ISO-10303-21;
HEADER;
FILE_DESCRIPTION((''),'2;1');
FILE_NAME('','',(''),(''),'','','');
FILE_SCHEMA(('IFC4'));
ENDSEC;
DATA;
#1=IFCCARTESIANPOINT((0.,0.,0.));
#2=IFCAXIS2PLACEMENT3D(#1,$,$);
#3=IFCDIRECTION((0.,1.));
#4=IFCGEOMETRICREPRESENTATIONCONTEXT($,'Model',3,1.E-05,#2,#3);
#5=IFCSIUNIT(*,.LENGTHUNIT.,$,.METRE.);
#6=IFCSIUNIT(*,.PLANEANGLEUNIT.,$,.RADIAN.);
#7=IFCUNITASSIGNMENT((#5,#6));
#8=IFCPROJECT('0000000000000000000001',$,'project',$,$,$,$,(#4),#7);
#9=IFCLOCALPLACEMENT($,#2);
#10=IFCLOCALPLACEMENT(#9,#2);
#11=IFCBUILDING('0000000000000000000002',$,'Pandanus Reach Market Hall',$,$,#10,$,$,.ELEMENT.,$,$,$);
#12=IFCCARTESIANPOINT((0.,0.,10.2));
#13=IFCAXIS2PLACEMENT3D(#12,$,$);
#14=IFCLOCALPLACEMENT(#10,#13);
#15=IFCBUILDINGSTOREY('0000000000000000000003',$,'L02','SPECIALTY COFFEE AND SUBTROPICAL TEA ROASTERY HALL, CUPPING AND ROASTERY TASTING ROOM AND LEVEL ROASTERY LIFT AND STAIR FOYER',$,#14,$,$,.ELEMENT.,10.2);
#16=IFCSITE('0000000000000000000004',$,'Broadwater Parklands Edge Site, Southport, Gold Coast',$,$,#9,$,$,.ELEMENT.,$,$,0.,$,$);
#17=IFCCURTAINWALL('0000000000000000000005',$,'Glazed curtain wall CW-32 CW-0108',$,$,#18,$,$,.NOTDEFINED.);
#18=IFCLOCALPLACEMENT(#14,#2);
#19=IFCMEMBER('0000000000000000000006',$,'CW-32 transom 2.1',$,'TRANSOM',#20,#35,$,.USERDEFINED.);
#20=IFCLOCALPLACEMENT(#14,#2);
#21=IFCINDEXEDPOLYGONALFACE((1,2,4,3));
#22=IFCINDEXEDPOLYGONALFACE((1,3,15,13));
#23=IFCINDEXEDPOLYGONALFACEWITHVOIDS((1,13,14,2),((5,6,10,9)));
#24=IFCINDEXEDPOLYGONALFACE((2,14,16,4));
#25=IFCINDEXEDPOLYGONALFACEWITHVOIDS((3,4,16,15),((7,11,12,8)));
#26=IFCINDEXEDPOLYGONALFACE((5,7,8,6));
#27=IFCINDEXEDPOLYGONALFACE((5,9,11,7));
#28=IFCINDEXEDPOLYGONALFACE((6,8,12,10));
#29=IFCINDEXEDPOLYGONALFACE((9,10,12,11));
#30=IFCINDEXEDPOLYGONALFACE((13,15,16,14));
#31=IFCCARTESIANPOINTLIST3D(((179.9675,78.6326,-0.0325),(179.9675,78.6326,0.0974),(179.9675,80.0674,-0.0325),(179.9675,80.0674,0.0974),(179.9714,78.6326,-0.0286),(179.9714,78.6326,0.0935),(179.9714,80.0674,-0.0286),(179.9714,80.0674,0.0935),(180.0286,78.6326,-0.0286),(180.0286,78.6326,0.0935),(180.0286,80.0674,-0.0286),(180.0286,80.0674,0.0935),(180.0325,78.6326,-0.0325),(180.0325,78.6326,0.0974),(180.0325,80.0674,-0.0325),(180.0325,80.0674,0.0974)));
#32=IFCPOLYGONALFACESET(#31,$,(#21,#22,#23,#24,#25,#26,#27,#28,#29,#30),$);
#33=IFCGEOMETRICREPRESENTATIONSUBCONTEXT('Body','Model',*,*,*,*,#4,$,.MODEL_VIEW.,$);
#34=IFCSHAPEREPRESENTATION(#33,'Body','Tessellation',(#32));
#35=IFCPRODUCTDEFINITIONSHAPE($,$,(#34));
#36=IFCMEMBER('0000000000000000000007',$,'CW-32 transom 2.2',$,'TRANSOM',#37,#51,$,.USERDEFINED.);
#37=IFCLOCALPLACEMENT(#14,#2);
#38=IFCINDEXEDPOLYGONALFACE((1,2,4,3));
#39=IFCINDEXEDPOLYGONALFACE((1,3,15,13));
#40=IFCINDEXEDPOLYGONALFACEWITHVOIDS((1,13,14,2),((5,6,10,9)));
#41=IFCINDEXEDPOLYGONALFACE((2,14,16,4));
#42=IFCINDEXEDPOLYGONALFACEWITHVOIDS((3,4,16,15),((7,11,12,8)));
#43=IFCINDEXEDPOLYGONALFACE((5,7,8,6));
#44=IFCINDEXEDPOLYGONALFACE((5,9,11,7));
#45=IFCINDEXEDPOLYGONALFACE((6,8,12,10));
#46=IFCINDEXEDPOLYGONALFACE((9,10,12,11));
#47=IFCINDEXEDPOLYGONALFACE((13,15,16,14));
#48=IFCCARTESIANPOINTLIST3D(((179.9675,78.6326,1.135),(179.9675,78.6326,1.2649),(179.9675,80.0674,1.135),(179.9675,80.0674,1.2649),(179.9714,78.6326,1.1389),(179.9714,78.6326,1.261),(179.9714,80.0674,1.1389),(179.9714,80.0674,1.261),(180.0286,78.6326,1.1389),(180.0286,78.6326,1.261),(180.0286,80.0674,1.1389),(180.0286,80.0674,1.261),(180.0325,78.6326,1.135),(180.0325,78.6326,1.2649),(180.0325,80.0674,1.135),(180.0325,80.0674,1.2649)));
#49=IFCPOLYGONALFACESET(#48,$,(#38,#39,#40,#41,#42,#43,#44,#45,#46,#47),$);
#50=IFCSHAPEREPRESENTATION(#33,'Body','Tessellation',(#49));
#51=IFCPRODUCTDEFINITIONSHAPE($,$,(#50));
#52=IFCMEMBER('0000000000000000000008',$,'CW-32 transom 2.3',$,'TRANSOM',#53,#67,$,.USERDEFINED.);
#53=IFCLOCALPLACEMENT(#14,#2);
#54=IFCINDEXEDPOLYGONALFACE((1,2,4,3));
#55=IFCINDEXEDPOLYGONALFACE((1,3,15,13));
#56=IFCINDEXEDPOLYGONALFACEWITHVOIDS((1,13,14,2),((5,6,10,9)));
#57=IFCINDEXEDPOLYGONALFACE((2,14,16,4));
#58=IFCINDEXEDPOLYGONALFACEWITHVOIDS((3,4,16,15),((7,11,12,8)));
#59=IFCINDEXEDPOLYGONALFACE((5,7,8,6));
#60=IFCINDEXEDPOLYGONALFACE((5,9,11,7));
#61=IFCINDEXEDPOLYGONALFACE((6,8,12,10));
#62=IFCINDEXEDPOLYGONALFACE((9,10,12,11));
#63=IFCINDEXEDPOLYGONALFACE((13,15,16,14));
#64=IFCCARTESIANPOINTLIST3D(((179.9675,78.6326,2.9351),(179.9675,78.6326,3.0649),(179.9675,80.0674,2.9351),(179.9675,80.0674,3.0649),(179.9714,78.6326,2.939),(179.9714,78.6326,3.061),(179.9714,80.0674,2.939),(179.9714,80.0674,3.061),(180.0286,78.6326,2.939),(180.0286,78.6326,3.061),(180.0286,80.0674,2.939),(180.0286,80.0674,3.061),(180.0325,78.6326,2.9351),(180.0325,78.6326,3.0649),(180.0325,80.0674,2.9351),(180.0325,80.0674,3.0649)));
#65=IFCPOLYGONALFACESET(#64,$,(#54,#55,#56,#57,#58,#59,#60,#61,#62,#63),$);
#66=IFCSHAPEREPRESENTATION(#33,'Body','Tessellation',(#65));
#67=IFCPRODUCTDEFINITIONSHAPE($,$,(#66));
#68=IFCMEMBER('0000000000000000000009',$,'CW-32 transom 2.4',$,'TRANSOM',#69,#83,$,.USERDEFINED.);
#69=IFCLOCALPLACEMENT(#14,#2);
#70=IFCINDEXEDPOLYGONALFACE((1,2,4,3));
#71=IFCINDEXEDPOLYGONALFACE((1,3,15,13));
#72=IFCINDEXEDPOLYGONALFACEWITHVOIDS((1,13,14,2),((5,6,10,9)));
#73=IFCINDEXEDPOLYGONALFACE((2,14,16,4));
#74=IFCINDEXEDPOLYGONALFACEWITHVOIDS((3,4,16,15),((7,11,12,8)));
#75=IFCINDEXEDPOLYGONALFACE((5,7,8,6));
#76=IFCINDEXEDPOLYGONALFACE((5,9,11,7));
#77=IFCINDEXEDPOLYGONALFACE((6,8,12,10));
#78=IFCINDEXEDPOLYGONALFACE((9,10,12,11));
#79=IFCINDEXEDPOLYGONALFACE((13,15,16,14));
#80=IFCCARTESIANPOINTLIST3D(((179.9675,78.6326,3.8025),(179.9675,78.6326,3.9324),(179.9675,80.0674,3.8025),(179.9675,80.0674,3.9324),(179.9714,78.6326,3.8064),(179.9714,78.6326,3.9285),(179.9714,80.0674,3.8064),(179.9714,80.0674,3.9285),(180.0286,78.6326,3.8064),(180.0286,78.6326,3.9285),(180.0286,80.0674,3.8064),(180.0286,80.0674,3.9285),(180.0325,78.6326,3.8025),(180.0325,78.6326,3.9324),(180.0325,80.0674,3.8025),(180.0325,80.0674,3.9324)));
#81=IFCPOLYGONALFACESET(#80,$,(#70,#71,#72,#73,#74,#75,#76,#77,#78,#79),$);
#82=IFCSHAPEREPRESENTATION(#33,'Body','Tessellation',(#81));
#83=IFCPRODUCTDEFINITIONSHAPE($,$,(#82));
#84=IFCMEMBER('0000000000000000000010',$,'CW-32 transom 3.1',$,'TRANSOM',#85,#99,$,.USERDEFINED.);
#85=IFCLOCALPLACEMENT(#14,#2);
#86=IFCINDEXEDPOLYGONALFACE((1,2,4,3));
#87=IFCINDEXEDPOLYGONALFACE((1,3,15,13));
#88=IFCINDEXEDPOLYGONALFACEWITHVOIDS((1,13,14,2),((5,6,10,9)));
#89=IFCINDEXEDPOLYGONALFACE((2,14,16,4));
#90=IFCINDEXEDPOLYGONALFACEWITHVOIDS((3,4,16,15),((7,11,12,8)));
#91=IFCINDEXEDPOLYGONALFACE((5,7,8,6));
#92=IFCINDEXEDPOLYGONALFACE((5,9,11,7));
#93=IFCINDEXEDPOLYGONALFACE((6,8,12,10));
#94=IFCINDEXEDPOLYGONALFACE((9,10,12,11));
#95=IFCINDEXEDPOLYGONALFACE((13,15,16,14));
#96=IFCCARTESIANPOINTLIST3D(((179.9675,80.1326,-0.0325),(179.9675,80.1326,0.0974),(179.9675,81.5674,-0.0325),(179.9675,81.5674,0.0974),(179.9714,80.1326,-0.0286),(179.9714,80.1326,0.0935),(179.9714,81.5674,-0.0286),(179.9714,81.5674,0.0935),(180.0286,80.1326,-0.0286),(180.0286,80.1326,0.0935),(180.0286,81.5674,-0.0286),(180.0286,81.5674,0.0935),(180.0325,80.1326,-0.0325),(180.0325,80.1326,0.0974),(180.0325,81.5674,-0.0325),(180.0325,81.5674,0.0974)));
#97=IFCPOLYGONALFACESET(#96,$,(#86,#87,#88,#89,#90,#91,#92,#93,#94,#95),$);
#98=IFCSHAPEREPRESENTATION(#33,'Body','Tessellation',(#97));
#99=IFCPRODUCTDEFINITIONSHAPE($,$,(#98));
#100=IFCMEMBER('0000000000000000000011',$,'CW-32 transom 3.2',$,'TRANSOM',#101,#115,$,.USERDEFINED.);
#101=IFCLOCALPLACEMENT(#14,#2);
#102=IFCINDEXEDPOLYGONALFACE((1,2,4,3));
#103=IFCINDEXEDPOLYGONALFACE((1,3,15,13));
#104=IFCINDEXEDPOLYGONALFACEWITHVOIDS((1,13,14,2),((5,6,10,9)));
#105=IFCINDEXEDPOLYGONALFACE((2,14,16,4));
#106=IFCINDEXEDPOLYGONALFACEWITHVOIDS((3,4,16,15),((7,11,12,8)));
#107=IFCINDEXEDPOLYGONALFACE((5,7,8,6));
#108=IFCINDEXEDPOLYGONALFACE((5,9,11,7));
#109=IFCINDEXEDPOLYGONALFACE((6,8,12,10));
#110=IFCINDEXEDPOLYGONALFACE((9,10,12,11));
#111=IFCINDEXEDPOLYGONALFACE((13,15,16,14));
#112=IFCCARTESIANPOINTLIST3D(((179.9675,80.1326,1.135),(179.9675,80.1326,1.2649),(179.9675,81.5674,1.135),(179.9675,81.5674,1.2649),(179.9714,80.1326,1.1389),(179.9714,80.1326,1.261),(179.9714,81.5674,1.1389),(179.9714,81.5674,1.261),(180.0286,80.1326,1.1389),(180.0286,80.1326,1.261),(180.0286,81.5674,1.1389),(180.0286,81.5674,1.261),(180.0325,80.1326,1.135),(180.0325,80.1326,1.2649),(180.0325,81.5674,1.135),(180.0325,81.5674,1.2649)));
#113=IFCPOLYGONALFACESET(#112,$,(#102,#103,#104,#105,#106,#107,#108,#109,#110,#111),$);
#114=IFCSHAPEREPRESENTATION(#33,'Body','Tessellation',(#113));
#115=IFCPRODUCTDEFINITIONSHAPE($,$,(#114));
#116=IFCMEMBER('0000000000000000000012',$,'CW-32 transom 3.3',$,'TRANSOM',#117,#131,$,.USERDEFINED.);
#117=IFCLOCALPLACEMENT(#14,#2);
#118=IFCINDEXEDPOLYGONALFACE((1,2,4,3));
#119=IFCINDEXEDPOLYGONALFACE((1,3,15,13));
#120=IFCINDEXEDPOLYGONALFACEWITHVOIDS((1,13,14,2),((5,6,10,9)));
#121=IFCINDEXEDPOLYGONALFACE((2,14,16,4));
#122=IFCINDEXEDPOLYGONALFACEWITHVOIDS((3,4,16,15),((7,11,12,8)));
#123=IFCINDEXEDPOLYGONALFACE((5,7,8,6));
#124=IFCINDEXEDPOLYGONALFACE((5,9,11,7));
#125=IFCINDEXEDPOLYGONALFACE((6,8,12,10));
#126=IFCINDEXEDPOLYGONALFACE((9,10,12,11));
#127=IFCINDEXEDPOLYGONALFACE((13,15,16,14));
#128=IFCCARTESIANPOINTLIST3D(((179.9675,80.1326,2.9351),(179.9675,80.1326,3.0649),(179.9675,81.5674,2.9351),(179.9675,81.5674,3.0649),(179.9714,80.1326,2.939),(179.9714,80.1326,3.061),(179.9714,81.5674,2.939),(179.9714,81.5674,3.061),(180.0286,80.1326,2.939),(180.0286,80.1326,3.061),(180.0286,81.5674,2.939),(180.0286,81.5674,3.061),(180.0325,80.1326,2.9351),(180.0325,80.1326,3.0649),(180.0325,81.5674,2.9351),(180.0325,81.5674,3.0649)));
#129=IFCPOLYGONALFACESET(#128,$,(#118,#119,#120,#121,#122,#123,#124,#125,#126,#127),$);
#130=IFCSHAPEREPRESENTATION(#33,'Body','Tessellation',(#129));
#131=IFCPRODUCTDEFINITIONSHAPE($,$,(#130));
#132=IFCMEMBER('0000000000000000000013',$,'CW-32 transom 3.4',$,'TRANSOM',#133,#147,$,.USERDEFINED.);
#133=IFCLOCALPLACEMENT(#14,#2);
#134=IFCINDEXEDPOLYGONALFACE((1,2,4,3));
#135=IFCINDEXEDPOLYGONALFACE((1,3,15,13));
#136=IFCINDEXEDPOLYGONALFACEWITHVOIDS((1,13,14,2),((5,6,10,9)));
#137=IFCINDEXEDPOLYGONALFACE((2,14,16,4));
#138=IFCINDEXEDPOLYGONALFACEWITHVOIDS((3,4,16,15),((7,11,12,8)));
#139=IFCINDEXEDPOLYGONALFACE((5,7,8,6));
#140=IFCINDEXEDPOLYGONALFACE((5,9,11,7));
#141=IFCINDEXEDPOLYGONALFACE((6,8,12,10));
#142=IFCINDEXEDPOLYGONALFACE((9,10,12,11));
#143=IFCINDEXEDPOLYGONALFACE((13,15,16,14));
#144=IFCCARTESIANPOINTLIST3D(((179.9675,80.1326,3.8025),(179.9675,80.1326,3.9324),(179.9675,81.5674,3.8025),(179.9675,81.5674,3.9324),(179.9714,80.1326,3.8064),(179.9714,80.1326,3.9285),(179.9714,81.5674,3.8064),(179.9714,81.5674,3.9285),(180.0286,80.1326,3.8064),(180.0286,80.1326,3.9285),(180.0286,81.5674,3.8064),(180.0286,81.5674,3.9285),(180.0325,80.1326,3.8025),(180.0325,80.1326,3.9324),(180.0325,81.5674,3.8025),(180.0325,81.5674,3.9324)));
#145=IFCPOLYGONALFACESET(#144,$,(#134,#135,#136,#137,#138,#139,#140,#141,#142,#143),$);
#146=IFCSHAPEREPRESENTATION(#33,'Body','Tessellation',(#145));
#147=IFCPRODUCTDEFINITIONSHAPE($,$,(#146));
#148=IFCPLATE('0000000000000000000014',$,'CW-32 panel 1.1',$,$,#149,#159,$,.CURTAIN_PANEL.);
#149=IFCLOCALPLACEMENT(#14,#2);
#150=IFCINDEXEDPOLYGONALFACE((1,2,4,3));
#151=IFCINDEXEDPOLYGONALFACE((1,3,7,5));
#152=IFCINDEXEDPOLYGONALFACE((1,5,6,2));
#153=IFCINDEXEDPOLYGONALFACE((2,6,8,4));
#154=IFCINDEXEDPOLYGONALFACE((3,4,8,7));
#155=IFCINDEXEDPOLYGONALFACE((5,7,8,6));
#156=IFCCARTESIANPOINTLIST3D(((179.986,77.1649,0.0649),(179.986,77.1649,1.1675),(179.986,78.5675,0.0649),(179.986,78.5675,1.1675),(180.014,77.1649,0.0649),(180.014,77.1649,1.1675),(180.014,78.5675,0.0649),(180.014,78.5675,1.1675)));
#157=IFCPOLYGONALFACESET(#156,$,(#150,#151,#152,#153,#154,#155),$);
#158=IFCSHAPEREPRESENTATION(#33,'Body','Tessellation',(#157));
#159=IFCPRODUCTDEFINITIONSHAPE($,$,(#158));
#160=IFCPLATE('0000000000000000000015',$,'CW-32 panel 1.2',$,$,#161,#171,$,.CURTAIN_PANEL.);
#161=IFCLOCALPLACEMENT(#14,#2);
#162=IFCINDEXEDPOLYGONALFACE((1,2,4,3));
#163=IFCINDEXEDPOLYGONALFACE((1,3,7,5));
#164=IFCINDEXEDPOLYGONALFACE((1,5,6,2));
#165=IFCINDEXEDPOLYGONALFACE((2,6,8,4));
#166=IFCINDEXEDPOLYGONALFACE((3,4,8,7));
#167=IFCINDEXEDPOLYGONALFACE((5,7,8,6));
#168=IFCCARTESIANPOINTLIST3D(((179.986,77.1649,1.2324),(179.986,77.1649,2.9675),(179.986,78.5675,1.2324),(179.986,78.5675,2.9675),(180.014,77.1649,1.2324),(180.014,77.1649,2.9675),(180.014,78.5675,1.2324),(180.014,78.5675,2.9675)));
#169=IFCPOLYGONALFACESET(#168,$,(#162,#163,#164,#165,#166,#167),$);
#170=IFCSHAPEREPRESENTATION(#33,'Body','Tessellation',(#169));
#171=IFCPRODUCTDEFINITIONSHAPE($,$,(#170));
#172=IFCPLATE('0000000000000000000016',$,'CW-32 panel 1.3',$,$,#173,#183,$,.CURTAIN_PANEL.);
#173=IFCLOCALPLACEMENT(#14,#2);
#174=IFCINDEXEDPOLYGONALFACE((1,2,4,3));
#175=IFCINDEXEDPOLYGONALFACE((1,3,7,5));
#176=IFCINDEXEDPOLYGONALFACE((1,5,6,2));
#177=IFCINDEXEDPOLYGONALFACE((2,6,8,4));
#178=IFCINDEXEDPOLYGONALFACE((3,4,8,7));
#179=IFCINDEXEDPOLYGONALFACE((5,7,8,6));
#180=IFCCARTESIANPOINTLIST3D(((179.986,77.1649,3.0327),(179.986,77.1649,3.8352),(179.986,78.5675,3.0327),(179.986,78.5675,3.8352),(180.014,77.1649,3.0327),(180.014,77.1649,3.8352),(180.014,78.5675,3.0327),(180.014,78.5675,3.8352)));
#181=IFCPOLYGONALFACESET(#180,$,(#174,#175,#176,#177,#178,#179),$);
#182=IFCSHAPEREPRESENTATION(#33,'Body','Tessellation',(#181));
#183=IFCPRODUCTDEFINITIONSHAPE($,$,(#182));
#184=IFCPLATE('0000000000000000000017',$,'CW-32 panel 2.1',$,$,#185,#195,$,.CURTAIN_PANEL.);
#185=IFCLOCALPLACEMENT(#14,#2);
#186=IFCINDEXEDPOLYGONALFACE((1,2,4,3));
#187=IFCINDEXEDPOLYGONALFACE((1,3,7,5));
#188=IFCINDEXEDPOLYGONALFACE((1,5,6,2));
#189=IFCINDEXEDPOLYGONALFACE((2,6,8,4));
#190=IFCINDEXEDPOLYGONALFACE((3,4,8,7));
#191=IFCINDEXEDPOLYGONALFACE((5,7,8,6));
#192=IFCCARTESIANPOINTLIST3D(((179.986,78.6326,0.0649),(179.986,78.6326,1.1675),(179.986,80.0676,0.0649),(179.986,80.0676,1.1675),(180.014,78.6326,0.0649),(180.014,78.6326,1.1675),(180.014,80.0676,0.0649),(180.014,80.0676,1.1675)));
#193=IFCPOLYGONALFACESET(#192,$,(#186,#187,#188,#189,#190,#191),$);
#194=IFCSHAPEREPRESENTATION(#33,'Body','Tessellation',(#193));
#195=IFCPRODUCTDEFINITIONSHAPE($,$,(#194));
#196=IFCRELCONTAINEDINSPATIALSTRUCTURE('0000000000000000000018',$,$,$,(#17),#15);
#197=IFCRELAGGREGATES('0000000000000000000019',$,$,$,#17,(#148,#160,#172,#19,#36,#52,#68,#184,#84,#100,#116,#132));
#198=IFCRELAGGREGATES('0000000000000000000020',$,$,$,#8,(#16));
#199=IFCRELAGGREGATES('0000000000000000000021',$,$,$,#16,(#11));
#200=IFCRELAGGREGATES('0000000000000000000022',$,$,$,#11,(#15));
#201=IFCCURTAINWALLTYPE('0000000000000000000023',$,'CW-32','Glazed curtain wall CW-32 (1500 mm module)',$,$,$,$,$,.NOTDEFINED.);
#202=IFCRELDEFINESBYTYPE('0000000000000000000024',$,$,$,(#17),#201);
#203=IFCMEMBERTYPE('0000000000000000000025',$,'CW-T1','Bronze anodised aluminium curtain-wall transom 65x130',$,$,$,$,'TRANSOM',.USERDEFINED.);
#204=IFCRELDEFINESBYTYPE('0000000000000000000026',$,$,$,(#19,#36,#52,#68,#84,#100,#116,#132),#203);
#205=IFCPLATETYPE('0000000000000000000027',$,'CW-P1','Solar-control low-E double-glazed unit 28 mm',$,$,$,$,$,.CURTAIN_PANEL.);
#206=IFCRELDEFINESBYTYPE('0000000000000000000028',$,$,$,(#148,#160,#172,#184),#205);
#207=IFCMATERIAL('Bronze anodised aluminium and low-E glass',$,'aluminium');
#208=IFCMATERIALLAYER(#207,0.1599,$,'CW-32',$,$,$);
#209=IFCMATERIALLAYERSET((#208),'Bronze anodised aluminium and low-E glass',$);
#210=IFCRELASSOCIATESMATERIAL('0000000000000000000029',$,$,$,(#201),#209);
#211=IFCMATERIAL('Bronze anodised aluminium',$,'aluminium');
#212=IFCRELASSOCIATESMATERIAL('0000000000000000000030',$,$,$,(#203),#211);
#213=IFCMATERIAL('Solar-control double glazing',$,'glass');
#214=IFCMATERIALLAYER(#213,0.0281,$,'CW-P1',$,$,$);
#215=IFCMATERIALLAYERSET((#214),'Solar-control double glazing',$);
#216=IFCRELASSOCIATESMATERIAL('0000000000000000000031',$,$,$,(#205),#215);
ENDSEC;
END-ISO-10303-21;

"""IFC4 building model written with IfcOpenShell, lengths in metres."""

from ifc_helpers import new_model, si_unit, direction, frame, origin, origin_2d, place, context, subcontext, project, spatial, rectangle, hollow_rectangle, extrude, material, layer, layer_set, material_profile, profile_set, type_object, element, aggregate, save


model = new_model("IFC4")

# Units and contexts
model_context = context("Model", 3, precision=1e-05, world=origin(), true_north=direction((0.0, 1.0)))
body_context = subcontext(model_context, "Body", "Model", "MODEL_VIEW")
ifc_project = project(units=[si_unit("LENGTHUNIT", "METRE"), si_unit("PLANEANGLEUNIT", "RADIAN")], contexts=[model_context])

# Site, building, storey
site_placement = place(None, origin())
site = spatial("IfcSite", under=ifc_project, at=site_placement, Name="Broadwater Parklands Edge Site, Southport, Gold Coast", CompositionType="ELEMENT", RefElevation=0.0)
building_placement = place(site_placement, origin())
building = spatial("IfcBuilding", under=site, at=building_placement, Name="Pandanus Reach Market Hall", CompositionType="ELEMENT")
storey_placement = place(building_placement, frame((0.0, 0.0, 10.2)))
storey = spatial("IfcBuildingStorey", under=building, at=storey_placement, Name="L02", Description="SPECIALTY COFFEE AND SUBTROPICAL TEA ROASTERY HALL, CUPPING AND ROASTERY TASTING ROOM AND LEVEL ROASTERY LIFT AND STAIR FOYER", CompositionType="ELEMENT", Elevation=10.2)

# Curtain wall, members, plates
ifc_material_1 = material(Name="Bronze anodised aluminium and low-E glass", Category="aluminium")
ifc_layer_1 = layer(ifc_material_1, 0.1599, Name="CW-32")
ifc_layer_set_1 = layer_set([ifc_layer_1], Name="Bronze anodised aluminium and low-E glass")
curtain_wall_type = type_object("IfcCurtainWallType", Name="CW-32", Description="Glazed curtain wall CW-32 (1500 mm module)", PredefinedType="NOTDEFINED", material=ifc_layer_set_1)
curtain_wall_placement = place(storey_placement, origin())
curtain_wall = element("IfcCurtainWall", 1, at=curtain_wall_placement, inside=storey, type_object=curtain_wall_type, Name="Glazed curtain wall CW-32 CW-0108", PredefinedType="NOTDEFINED")
ifc_material_2 = material(Name="Bronze anodised aluminium", Category="aluminium")
ifc_material_profile_1 = material_profile(ifc_material_2, hollow_rectangle(XDim=0.0649, YDim=0.1299, WallThickness=0.0039, at=origin_2d()), Name="ALU65x130", Category="LoadBearing")
ifc_profile_set_1 = profile_set([ifc_material_profile_1], Name="Bronze anodised aluminium")
member_type_1 = type_object("IfcMemberType", Name="CW-T1", Description="Bronze anodised aluminium curtain-wall transom 65x130", ElementType="TRANSOM", PredefinedType="USERDEFINED", material=ifc_profile_set_1)
member_1_placement = place(storey_placement, frame((180.0, 78.6326, 0.0325), z_axis=(0.0, 1.0, 0.0), x_axis=(-1.0, 0.0, 0.0)))
member_1 = element("IfcMember", 2, at=member_1_placement, type_object=member_type_1, Name="CW-32 transom 2.1", ObjectType="TRANSOM", PredefinedType="USERDEFINED", context=body_context, shape_type="SweptSolid", body=[
    extrude(hollow_rectangle(XDim=0.0649, YDim=0.1299, WallThickness=0.0039, at=origin_2d()), origin(), (0.0, 0.0, 1.0), 1.4348),
])
member_2_placement = place(storey_placement, frame((180.0, 78.6326, 1.2), z_axis=(0.0, 1.0, 0.0), x_axis=(-1.0, 0.0, 0.0)))
member_2 = element("IfcMember", 3, at=member_2_placement, type_object=member_type_1, Name="CW-32 transom 2.2", ObjectType="TRANSOM", PredefinedType="USERDEFINED", context=body_context, shape_type="SweptSolid", body=[
    extrude(hollow_rectangle(XDim=0.0649, YDim=0.1299, WallThickness=0.0039, at=origin_2d()), origin(), (0.0, 0.0, 1.0), 1.4348),
])
member_3_placement = place(storey_placement, frame((180.0, 78.6326, 3.0), z_axis=(0.0, 1.0, 0.0), x_axis=(-1.0, 0.0, 0.0)))
member_3 = element("IfcMember", 4, at=member_3_placement, type_object=member_type_1, Name="CW-32 transom 2.3", ObjectType="TRANSOM", PredefinedType="USERDEFINED", context=body_context, shape_type="SweptSolid", body=[
    extrude(hollow_rectangle(XDim=0.0649, YDim=0.1299, WallThickness=0.0039, at=origin_2d()), origin(), (0.0, 0.0, 1.0), 1.4348),
])
member_4_placement = place(storey_placement, frame((180.0, 78.6326, 3.8674), z_axis=(0.0, 1.0, 0.0), x_axis=(-1.0, 0.0, 0.0)))
member_4 = element("IfcMember", 5, at=member_4_placement, type_object=member_type_1, Name="CW-32 transom 2.4", ObjectType="TRANSOM", PredefinedType="USERDEFINED", context=body_context, shape_type="SweptSolid", body=[
    extrude(hollow_rectangle(XDim=0.0649, YDim=0.1299, WallThickness=0.0039, at=origin_2d()), origin(), (0.0, 0.0, 1.0), 1.4348),
])
member_5_placement = place(storey_placement, frame((180.0, 80.1326, 0.0325), z_axis=(0.0, 1.0, 0.0), x_axis=(-1.0, 0.0, 0.0)))
member_5 = element("IfcMember", 6, at=member_5_placement, type_object=member_type_1, Name="CW-32 transom 3.1", ObjectType="TRANSOM", PredefinedType="USERDEFINED", context=body_context, shape_type="SweptSolid", body=[
    extrude(hollow_rectangle(XDim=0.0649, YDim=0.1299, WallThickness=0.0039, at=origin_2d()), origin(), (0.0, 0.0, 1.0), 1.4348),
])
member_6_placement = place(storey_placement, frame((180.0, 80.1326, 1.2), z_axis=(0.0, 1.0, 0.0), x_axis=(-1.0, 0.0, 0.0)))
member_6 = element("IfcMember", 7, at=member_6_placement, type_object=member_type_1, Name="CW-32 transom 3.2", ObjectType="TRANSOM", PredefinedType="USERDEFINED", context=body_context, shape_type="SweptSolid", body=[
    extrude(hollow_rectangle(XDim=0.0649, YDim=0.1299, WallThickness=0.0039, at=origin_2d()), origin(), (0.0, 0.0, 1.0), 1.4348),
])
member_7_placement = place(storey_placement, frame((180.0, 80.1326, 3.0), z_axis=(0.0, 1.0, 0.0), x_axis=(-1.0, 0.0, 0.0)))
member_7 = element("IfcMember", 8, at=member_7_placement, type_object=member_type_1, Name="CW-32 transom 3.3", ObjectType="TRANSOM", PredefinedType="USERDEFINED", context=body_context, shape_type="SweptSolid", body=[
    extrude(hollow_rectangle(XDim=0.0649, YDim=0.1299, WallThickness=0.0039, at=origin_2d()), origin(), (0.0, 0.0, 1.0), 1.4348),
])
member_8_placement = place(storey_placement, frame((180.0, 80.1326, 3.8674), z_axis=(0.0, 1.0, 0.0), x_axis=(-1.0, 0.0, 0.0)))
member_8 = element("IfcMember", 9, at=member_8_placement, type_object=member_type_1, Name="CW-32 transom 3.4", ObjectType="TRANSOM", PredefinedType="USERDEFINED", context=body_context, shape_type="SweptSolid", body=[
    extrude(hollow_rectangle(XDim=0.0649, YDim=0.1299, WallThickness=0.0039, at=origin_2d()), origin(), (0.0, 0.0, 1.0), 1.4348),
])
ifc_material_3 = material(Name="Solar-control double glazing", Category="glass")
ifc_layer_2 = layer(ifc_material_3, 0.0281, Name="CW-P1")
ifc_layer_set_2 = layer_set([ifc_layer_2], Name="Solar-control double glazing")
plate_type = type_object("IfcPlateType", Name="CW-P1", Description="Solar-control low-E double-glazed unit 28 mm", PredefinedType="CURTAIN_PANEL", material=ifc_layer_set_2)
plate_1_placement = place(storey_placement, frame((180.0, 77.8662, 0.0649), z_axis=(0.0, 0.0, 1.0), x_axis=(0.0, 1.0, 0.0)))
plate_1 = element("IfcPlate", 10, at=plate_1_placement, type_object=plate_type, Name="CW-32 panel 1.1", PredefinedType="CURTAIN_PANEL", context=body_context, shape_type="SweptSolid", body=[
    extrude(rectangle(XDim=1.4026, YDim=0.0281, at=origin_2d()), origin(), (0.0, 0.0, 1.0), 1.1025),
])
plate_2_placement = place(storey_placement, frame((180.0, 77.8662, 1.2324), z_axis=(0.0, 0.0, 1.0), x_axis=(0.0, 1.0, 0.0)))
plate_2 = element("IfcPlate", 11, at=plate_2_placement, type_object=plate_type, Name="CW-32 panel 1.2", PredefinedType="CURTAIN_PANEL", context=body_context, shape_type="SweptSolid", body=[
    extrude(rectangle(XDim=1.4026, YDim=0.0281, at=origin_2d()), origin(), (0.0, 0.0, 1.0), 1.7351),
])
plate_3_placement = place(storey_placement, frame((180.0, 77.8662, 3.0327), z_axis=(0.0, 0.0, 1.0), x_axis=(0.0, 1.0, 0.0)))
plate_3 = element("IfcPlate", 12, at=plate_3_placement, type_object=plate_type, Name="CW-32 panel 1.3", PredefinedType="CURTAIN_PANEL", context=body_context, shape_type="SweptSolid", body=[
    extrude(rectangle(XDim=1.4026, YDim=0.0281, at=origin_2d()), origin(), (0.0, 0.0, 1.0), 0.8025),
])
plate_4_placement = place(storey_placement, frame((180.0, 79.3501, 0.0649), z_axis=(0.0, 0.0, 1.0), x_axis=(0.0, 1.0, 0.0)))
plate_4 = element("IfcPlate", 13, at=plate_4_placement, type_object=plate_type, Name="CW-32 panel 2.1", PredefinedType="CURTAIN_PANEL", context=body_context, shape_type="SweptSolid", body=[
    extrude(rectangle(XDim=1.4351, YDim=0.0281, at=origin_2d()), origin(), (0.0, 0.0, 1.0), 1.1025),
])
aggregate(curtain_wall, [plate_1, plate_2, plate_3, member_1, member_2, member_3, member_4, plate_4, member_5, member_6, member_7, member_8])

save(model, "model.ifc")
